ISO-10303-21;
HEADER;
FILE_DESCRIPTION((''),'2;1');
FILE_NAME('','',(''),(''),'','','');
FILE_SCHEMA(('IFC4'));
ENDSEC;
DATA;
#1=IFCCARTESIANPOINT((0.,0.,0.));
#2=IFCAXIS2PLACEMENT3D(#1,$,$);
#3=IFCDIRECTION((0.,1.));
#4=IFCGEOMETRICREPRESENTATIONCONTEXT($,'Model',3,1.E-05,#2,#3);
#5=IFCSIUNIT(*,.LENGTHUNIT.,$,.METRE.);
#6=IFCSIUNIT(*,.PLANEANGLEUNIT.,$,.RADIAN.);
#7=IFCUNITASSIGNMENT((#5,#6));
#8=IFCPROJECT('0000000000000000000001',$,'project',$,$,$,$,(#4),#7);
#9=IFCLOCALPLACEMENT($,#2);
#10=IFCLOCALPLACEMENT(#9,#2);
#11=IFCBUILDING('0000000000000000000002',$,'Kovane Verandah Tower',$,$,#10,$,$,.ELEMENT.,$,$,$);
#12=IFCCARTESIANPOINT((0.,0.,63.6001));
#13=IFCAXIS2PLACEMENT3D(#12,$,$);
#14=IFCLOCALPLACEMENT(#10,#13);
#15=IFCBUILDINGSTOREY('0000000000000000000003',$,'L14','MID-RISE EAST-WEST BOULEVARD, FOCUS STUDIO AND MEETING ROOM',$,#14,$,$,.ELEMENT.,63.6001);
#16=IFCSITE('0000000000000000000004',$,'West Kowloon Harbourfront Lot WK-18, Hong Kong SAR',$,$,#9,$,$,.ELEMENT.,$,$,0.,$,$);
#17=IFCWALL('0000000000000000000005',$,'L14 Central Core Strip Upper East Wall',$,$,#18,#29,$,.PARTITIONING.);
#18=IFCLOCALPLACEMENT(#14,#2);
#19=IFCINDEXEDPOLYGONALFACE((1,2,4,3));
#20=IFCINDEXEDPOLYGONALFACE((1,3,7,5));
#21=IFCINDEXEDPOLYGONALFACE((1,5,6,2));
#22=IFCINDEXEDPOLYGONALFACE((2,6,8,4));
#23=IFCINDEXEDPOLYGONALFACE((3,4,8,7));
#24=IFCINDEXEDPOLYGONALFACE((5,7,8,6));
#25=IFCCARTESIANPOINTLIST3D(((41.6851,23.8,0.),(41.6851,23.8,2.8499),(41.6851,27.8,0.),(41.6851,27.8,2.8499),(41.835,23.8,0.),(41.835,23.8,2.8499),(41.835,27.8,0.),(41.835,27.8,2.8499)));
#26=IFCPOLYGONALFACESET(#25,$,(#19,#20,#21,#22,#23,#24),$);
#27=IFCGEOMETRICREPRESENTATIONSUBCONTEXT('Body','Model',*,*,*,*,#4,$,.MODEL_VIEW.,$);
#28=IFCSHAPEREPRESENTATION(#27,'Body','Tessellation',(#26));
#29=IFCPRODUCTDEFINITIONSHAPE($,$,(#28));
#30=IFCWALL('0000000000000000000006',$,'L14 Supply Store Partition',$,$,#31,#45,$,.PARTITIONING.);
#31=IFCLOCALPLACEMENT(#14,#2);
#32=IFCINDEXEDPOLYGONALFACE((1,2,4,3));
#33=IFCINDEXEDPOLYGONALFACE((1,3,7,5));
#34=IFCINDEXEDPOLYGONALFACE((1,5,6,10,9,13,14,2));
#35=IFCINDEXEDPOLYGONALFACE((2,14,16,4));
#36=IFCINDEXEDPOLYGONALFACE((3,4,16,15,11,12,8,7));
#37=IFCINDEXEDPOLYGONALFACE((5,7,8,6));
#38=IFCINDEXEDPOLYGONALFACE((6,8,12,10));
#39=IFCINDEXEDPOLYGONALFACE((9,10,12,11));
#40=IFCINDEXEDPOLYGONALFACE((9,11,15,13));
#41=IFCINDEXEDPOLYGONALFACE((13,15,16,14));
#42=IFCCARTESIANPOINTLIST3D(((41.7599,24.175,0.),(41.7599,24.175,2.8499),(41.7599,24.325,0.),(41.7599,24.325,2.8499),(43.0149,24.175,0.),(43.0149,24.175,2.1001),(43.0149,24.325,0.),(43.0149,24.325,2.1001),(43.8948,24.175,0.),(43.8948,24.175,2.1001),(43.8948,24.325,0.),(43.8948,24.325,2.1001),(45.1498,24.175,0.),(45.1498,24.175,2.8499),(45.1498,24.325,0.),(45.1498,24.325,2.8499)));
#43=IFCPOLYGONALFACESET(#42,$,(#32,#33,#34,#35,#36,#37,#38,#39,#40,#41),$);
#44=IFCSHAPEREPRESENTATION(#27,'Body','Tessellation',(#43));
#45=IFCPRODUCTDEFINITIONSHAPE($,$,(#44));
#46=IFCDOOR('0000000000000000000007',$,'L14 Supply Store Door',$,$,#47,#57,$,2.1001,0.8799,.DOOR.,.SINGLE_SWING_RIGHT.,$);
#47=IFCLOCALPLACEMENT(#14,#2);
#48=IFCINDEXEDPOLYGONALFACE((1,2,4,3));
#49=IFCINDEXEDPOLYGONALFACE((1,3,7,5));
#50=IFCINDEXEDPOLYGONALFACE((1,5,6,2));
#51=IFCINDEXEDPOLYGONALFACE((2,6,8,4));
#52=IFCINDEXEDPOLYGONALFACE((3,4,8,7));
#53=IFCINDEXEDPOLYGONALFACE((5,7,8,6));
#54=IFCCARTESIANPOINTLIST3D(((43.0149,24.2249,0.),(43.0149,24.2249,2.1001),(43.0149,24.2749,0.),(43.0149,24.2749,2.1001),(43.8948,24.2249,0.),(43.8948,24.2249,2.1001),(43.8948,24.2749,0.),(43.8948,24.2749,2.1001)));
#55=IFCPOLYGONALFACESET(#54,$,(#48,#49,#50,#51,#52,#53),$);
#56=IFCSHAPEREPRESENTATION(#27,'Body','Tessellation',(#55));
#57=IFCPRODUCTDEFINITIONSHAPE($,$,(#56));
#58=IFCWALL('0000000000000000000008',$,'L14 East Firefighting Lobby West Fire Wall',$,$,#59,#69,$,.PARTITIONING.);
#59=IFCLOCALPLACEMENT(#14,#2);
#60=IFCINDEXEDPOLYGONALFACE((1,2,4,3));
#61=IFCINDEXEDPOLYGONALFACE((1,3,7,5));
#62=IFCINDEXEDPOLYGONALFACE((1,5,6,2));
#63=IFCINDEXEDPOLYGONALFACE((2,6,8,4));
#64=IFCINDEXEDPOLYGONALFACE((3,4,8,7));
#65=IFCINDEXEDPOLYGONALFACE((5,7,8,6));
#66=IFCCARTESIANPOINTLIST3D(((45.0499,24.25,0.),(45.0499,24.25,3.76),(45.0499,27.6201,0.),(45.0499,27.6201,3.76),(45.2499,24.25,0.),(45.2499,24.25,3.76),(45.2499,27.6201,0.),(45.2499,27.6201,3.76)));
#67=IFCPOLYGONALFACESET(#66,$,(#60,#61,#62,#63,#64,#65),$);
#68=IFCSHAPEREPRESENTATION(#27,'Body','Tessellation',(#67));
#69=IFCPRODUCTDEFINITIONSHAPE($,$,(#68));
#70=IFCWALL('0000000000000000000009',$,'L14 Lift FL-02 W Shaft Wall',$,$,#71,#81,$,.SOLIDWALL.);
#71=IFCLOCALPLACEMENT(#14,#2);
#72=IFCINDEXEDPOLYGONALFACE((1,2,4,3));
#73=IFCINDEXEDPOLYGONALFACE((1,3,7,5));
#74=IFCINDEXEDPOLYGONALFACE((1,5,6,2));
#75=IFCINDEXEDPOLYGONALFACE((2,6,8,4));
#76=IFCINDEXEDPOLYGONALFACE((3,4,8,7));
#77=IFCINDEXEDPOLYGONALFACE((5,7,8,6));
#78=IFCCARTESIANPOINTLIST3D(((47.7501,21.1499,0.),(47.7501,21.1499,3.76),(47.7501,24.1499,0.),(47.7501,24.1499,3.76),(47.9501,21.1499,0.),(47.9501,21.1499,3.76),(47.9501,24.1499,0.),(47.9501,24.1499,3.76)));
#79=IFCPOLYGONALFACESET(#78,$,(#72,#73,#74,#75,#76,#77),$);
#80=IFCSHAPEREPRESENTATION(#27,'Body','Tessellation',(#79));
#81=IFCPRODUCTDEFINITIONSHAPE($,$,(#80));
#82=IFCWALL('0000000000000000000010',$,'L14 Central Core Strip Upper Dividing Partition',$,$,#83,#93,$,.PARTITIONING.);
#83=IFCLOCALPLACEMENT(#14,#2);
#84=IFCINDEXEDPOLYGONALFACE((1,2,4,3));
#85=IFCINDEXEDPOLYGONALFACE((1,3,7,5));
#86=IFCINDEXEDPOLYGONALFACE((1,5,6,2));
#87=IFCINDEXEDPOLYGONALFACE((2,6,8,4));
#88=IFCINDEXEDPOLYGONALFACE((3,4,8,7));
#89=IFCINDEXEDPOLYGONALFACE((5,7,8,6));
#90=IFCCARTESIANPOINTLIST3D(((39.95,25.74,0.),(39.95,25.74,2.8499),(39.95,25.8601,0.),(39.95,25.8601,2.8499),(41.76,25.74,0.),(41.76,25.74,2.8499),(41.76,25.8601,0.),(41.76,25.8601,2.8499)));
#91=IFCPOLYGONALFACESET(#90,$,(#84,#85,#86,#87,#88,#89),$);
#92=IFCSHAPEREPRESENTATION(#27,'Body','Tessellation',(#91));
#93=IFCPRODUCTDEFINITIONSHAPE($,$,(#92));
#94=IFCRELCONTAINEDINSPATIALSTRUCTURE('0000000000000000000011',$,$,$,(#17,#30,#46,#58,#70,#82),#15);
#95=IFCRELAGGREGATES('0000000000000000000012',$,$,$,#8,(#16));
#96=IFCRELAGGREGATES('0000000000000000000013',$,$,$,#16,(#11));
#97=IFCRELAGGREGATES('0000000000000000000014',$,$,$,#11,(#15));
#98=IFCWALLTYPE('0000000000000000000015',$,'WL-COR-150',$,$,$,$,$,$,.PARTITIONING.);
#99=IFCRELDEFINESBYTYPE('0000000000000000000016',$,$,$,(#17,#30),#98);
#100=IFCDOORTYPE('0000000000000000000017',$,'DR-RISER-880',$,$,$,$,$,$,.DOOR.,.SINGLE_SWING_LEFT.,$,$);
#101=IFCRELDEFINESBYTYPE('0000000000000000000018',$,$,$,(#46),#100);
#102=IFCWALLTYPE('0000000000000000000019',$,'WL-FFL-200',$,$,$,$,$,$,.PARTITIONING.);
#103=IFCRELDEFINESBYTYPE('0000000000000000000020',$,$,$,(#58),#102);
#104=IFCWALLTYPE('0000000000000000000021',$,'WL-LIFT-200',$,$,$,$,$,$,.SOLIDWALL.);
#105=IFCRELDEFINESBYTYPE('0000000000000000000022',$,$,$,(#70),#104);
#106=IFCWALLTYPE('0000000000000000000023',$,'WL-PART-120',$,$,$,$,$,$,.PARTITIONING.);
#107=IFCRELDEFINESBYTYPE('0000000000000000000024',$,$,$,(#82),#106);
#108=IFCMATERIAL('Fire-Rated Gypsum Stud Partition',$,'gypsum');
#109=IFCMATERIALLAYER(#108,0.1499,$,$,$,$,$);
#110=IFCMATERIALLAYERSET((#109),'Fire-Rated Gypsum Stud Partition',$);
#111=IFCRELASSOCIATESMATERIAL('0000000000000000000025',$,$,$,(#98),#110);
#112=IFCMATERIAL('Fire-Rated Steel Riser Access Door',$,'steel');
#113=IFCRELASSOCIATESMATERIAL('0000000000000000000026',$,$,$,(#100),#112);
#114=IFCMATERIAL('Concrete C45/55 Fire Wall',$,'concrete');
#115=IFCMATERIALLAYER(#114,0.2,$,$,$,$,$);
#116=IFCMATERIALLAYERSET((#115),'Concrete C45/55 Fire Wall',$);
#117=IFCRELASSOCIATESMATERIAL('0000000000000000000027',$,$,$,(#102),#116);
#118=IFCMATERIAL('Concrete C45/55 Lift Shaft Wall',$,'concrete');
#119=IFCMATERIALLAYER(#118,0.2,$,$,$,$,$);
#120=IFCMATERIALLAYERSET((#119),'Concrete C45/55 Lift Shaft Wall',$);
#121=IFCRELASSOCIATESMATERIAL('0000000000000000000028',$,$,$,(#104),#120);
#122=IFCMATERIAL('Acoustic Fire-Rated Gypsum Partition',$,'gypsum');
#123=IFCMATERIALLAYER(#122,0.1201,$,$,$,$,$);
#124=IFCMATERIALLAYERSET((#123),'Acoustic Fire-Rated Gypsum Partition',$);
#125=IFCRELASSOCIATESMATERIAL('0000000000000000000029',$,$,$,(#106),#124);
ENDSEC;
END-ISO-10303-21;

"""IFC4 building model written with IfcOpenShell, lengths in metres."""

from ifc_helpers import new_model, si_unit, direction, frame, frame_2d, origin, place, context, subcontext, project, spatial, rectangle, extrude, material, layer, layer_set, type_object, element, fill, save


model = new_model("IFC4")

# Units and contexts
model_context = context("Model", 3, precision=1e-05, world=origin(), true_north=direction((0.0, 1.0)))
body_context = subcontext(model_context, "Body", "Model", "MODEL_VIEW")
ifc_project = project(units=[si_unit("LENGTHUNIT", "METRE"), si_unit("PLANEANGLEUNIT", "RADIAN")], contexts=[model_context])

# Site, building, storey
site_placement = place(None, origin())
site = spatial("IfcSite", under=ifc_project, at=site_placement, Name="West Kowloon Harbourfront Lot WK-18, Hong Kong SAR", CompositionType="ELEMENT", RefElevation=0.0)
building_placement = place(site_placement, origin())
building = spatial("IfcBuilding", under=site, at=building_placement, Name="Kovane Verandah Tower", CompositionType="ELEMENT")
storey_placement = place(building_placement, frame((0.0, 0.0, 63.6001)))
storey = spatial("IfcBuildingStorey", under=building, at=storey_placement, Name="L14", Description="MID-RISE EAST-WEST BOULEVARD, FOCUS STUDIO AND MEETING ROOM", CompositionType="ELEMENT", Elevation=63.6001)

# Wall
ifc_material_1 = material(Name="Fire-Rated Gypsum Stud Partition", Category="gypsum")
ifc_layer_1 = layer(ifc_material_1, 0.1499)
ifc_layer_set_1 = layer_set([ifc_layer_1], Name="Fire-Rated Gypsum Stud Partition")
wall_type_1 = type_object("IfcWallType", Name="WL-COR-150", PredefinedType="PARTITIONING", material=ifc_layer_set_1)
wall_1_placement = place(storey_placement, frame((41.76, 23.8, 0.0), z_axis=(0.0, 0.0, 1.0), x_axis=(0.0, 1.0, 0.0)))
element("IfcWall", 1, at=wall_1_placement, inside=storey, type_object=wall_type_1, Name="L14 Central Core Strip Upper East Wall", PredefinedType="PARTITIONING", context=body_context, shape_type="SweptSolid", body=[
    extrude(rectangle(XDim=4.0, YDim=0.1499, at=frame_2d((2.0, 0.0))), origin(), (0.0, 0.0, 1.0), 2.8499),
])

# Wall, opening, door
wall_2_placement = place(storey_placement, frame((41.76, 24.25, 0.0), z_axis=(0.0, 0.0, 1.0), x_axis=(1.0, 0.0, 0.0)))
wall_2 = element("IfcWall", 2, at=wall_2_placement, inside=storey, type_object=wall_type_1, Name="L14 Supply Store Partition", PredefinedType="PARTITIONING", context=body_context, shape_type="SweptSolid", body=[
    extrude(rectangle(XDim=3.3899, YDim=0.1499, at=frame_2d((1.6948, 0.0))), origin(), (0.0, 0.0, 1.0), 2.8499),
])
opening_1_placement = place(wall_2_placement, frame((1.2549, 0.0, 0.0)))
opening_1 = element("IfcOpeningElement", 3, at=opening_1_placement, cuts=wall_2, PredefinedType="OPENING", context=body_context, shape_type="SweptSolid", body=[
    extrude(rectangle(XDim=0.8799, YDim=2.1001, at=frame_2d((0.4399, 1.05))), frame((0.0, 0.075, 0.0), z_axis=(0.0, -1.0, 0.0), x_axis=(1.0, 0.0, 0.0)), (0.0, 0.0, 1.0), 0.1499),
])
ifc_material_2 = material(Name="Fire-Rated Steel Riser Access Door", Category="steel")
door_type_1 = type_object("IfcDoorType", Name="DR-RISER-880", OperationType="SINGLE_SWING_LEFT", PredefinedType="DOOR", material=ifc_material_2)
door_1_placement = place(opening_1_placement, origin())
door_1 = element("IfcDoor", 4, at=door_1_placement, inside=storey, type_object=door_type_1, Name="L14 Supply Store Door", OperationType="SINGLE_SWING_RIGHT", OverallHeight=2.1001, OverallWidth=0.8799, PredefinedType="DOOR", context=body_context, shape_type="SweptSolid", body=[
    extrude(rectangle(XDim=0.8799, YDim=2.1001, at=frame_2d((0.4399, 1.05))), frame((0.0, 0.0249, 0.0), z_axis=(0.0, -1.0, 0.0), x_axis=(1.0, 0.0, 0.0)), (0.0, 0.0, 1.0), 0.05),
])
fill(opening_1, door_1)

# Wall
ifc_material_3 = material(Name="Concrete C45/55 Fire Wall", Category="concrete")
ifc_layer_2 = layer(ifc_material_3, 0.2)
ifc_layer_set_2 = layer_set([ifc_layer_2], Name="Concrete C45/55 Fire Wall")
wall_type_2 = type_object("IfcWallType", Name="WL-FFL-200", PredefinedType="PARTITIONING", material=ifc_layer_set_2)
wall_3_placement = place(storey_placement, frame((45.1499, 24.25, 0.0), z_axis=(0.0, 0.0, 1.0), x_axis=(0.0, 1.0, 0.0)))
element("IfcWall", 5, at=wall_3_placement, inside=storey, type_object=wall_type_2, Name="L14 East Firefighting Lobby West Fire Wall", PredefinedType="PARTITIONING", context=body_context, shape_type="SweptSolid", body=[
    extrude(rectangle(XDim=3.3701, YDim=0.2, at=frame_2d((1.6851, 0.0))), origin(), (0.0, 0.0, 1.0), 3.76),
])

# Shared definitions
ifc_material_4 = material(Name="Concrete C45/55 Lift Shaft Wall", Category="concrete")
ifc_layer_3 = layer(ifc_material_4, 0.2)
ifc_layer_set_3 = layer_set([ifc_layer_3], Name="Concrete C45/55 Lift Shaft Wall")
wall_type_3 = type_object("IfcWallType", Name="WL-LIFT-200", PredefinedType="SOLIDWALL", material=ifc_layer_set_3)

# Walls
wall_4_placement = place(storey_placement, frame((47.8501, 24.1499, 0.0), z_axis=(0.0, 0.0, 1.0), x_axis=(0.0, -1.0, 0.0)))
element("IfcWall", 6, at=wall_4_placement, inside=storey, type_object=wall_type_3, Name="L14 Lift FL-02 W Shaft Wall", PredefinedType="SOLIDWALL", context=body_context, shape_type="SweptSolid", body=[
    extrude(rectangle(XDim=3.0, YDim=0.2, at=frame_2d((1.5, 0.0))), origin(), (0.0, 0.0, 1.0), 3.76),
])
ifc_material_5 = material(Name="Acoustic Fire-Rated Gypsum Partition", Category="gypsum")
ifc_layer_4 = layer(ifc_material_5, 0.1201)
ifc_layer_set_4 = layer_set([ifc_layer_4], Name="Acoustic Fire-Rated Gypsum Partition")
wall_type_4 = type_object("IfcWallType", Name="WL-PART-120", PredefinedType="PARTITIONING", material=ifc_layer_set_4)
wall_5_placement = place(storey_placement, frame((39.95, 25.8, 0.0), z_axis=(0.0, 0.0, 1.0), x_axis=(1.0, 0.0, 0.0)))
element("IfcWall", 7, at=wall_5_placement, inside=storey, type_object=wall_type_4, Name="L14 Central Core Strip Upper Dividing Partition", PredefinedType="PARTITIONING", context=body_context, shape_type="SweptSolid", body=[
    extrude(rectangle(XDim=1.8101, YDim=0.1201, at=frame_2d((0.905, 0.0))), origin(), (0.0, 0.0, 1.0), 2.8499),
])

save(model, "model.ifc")
